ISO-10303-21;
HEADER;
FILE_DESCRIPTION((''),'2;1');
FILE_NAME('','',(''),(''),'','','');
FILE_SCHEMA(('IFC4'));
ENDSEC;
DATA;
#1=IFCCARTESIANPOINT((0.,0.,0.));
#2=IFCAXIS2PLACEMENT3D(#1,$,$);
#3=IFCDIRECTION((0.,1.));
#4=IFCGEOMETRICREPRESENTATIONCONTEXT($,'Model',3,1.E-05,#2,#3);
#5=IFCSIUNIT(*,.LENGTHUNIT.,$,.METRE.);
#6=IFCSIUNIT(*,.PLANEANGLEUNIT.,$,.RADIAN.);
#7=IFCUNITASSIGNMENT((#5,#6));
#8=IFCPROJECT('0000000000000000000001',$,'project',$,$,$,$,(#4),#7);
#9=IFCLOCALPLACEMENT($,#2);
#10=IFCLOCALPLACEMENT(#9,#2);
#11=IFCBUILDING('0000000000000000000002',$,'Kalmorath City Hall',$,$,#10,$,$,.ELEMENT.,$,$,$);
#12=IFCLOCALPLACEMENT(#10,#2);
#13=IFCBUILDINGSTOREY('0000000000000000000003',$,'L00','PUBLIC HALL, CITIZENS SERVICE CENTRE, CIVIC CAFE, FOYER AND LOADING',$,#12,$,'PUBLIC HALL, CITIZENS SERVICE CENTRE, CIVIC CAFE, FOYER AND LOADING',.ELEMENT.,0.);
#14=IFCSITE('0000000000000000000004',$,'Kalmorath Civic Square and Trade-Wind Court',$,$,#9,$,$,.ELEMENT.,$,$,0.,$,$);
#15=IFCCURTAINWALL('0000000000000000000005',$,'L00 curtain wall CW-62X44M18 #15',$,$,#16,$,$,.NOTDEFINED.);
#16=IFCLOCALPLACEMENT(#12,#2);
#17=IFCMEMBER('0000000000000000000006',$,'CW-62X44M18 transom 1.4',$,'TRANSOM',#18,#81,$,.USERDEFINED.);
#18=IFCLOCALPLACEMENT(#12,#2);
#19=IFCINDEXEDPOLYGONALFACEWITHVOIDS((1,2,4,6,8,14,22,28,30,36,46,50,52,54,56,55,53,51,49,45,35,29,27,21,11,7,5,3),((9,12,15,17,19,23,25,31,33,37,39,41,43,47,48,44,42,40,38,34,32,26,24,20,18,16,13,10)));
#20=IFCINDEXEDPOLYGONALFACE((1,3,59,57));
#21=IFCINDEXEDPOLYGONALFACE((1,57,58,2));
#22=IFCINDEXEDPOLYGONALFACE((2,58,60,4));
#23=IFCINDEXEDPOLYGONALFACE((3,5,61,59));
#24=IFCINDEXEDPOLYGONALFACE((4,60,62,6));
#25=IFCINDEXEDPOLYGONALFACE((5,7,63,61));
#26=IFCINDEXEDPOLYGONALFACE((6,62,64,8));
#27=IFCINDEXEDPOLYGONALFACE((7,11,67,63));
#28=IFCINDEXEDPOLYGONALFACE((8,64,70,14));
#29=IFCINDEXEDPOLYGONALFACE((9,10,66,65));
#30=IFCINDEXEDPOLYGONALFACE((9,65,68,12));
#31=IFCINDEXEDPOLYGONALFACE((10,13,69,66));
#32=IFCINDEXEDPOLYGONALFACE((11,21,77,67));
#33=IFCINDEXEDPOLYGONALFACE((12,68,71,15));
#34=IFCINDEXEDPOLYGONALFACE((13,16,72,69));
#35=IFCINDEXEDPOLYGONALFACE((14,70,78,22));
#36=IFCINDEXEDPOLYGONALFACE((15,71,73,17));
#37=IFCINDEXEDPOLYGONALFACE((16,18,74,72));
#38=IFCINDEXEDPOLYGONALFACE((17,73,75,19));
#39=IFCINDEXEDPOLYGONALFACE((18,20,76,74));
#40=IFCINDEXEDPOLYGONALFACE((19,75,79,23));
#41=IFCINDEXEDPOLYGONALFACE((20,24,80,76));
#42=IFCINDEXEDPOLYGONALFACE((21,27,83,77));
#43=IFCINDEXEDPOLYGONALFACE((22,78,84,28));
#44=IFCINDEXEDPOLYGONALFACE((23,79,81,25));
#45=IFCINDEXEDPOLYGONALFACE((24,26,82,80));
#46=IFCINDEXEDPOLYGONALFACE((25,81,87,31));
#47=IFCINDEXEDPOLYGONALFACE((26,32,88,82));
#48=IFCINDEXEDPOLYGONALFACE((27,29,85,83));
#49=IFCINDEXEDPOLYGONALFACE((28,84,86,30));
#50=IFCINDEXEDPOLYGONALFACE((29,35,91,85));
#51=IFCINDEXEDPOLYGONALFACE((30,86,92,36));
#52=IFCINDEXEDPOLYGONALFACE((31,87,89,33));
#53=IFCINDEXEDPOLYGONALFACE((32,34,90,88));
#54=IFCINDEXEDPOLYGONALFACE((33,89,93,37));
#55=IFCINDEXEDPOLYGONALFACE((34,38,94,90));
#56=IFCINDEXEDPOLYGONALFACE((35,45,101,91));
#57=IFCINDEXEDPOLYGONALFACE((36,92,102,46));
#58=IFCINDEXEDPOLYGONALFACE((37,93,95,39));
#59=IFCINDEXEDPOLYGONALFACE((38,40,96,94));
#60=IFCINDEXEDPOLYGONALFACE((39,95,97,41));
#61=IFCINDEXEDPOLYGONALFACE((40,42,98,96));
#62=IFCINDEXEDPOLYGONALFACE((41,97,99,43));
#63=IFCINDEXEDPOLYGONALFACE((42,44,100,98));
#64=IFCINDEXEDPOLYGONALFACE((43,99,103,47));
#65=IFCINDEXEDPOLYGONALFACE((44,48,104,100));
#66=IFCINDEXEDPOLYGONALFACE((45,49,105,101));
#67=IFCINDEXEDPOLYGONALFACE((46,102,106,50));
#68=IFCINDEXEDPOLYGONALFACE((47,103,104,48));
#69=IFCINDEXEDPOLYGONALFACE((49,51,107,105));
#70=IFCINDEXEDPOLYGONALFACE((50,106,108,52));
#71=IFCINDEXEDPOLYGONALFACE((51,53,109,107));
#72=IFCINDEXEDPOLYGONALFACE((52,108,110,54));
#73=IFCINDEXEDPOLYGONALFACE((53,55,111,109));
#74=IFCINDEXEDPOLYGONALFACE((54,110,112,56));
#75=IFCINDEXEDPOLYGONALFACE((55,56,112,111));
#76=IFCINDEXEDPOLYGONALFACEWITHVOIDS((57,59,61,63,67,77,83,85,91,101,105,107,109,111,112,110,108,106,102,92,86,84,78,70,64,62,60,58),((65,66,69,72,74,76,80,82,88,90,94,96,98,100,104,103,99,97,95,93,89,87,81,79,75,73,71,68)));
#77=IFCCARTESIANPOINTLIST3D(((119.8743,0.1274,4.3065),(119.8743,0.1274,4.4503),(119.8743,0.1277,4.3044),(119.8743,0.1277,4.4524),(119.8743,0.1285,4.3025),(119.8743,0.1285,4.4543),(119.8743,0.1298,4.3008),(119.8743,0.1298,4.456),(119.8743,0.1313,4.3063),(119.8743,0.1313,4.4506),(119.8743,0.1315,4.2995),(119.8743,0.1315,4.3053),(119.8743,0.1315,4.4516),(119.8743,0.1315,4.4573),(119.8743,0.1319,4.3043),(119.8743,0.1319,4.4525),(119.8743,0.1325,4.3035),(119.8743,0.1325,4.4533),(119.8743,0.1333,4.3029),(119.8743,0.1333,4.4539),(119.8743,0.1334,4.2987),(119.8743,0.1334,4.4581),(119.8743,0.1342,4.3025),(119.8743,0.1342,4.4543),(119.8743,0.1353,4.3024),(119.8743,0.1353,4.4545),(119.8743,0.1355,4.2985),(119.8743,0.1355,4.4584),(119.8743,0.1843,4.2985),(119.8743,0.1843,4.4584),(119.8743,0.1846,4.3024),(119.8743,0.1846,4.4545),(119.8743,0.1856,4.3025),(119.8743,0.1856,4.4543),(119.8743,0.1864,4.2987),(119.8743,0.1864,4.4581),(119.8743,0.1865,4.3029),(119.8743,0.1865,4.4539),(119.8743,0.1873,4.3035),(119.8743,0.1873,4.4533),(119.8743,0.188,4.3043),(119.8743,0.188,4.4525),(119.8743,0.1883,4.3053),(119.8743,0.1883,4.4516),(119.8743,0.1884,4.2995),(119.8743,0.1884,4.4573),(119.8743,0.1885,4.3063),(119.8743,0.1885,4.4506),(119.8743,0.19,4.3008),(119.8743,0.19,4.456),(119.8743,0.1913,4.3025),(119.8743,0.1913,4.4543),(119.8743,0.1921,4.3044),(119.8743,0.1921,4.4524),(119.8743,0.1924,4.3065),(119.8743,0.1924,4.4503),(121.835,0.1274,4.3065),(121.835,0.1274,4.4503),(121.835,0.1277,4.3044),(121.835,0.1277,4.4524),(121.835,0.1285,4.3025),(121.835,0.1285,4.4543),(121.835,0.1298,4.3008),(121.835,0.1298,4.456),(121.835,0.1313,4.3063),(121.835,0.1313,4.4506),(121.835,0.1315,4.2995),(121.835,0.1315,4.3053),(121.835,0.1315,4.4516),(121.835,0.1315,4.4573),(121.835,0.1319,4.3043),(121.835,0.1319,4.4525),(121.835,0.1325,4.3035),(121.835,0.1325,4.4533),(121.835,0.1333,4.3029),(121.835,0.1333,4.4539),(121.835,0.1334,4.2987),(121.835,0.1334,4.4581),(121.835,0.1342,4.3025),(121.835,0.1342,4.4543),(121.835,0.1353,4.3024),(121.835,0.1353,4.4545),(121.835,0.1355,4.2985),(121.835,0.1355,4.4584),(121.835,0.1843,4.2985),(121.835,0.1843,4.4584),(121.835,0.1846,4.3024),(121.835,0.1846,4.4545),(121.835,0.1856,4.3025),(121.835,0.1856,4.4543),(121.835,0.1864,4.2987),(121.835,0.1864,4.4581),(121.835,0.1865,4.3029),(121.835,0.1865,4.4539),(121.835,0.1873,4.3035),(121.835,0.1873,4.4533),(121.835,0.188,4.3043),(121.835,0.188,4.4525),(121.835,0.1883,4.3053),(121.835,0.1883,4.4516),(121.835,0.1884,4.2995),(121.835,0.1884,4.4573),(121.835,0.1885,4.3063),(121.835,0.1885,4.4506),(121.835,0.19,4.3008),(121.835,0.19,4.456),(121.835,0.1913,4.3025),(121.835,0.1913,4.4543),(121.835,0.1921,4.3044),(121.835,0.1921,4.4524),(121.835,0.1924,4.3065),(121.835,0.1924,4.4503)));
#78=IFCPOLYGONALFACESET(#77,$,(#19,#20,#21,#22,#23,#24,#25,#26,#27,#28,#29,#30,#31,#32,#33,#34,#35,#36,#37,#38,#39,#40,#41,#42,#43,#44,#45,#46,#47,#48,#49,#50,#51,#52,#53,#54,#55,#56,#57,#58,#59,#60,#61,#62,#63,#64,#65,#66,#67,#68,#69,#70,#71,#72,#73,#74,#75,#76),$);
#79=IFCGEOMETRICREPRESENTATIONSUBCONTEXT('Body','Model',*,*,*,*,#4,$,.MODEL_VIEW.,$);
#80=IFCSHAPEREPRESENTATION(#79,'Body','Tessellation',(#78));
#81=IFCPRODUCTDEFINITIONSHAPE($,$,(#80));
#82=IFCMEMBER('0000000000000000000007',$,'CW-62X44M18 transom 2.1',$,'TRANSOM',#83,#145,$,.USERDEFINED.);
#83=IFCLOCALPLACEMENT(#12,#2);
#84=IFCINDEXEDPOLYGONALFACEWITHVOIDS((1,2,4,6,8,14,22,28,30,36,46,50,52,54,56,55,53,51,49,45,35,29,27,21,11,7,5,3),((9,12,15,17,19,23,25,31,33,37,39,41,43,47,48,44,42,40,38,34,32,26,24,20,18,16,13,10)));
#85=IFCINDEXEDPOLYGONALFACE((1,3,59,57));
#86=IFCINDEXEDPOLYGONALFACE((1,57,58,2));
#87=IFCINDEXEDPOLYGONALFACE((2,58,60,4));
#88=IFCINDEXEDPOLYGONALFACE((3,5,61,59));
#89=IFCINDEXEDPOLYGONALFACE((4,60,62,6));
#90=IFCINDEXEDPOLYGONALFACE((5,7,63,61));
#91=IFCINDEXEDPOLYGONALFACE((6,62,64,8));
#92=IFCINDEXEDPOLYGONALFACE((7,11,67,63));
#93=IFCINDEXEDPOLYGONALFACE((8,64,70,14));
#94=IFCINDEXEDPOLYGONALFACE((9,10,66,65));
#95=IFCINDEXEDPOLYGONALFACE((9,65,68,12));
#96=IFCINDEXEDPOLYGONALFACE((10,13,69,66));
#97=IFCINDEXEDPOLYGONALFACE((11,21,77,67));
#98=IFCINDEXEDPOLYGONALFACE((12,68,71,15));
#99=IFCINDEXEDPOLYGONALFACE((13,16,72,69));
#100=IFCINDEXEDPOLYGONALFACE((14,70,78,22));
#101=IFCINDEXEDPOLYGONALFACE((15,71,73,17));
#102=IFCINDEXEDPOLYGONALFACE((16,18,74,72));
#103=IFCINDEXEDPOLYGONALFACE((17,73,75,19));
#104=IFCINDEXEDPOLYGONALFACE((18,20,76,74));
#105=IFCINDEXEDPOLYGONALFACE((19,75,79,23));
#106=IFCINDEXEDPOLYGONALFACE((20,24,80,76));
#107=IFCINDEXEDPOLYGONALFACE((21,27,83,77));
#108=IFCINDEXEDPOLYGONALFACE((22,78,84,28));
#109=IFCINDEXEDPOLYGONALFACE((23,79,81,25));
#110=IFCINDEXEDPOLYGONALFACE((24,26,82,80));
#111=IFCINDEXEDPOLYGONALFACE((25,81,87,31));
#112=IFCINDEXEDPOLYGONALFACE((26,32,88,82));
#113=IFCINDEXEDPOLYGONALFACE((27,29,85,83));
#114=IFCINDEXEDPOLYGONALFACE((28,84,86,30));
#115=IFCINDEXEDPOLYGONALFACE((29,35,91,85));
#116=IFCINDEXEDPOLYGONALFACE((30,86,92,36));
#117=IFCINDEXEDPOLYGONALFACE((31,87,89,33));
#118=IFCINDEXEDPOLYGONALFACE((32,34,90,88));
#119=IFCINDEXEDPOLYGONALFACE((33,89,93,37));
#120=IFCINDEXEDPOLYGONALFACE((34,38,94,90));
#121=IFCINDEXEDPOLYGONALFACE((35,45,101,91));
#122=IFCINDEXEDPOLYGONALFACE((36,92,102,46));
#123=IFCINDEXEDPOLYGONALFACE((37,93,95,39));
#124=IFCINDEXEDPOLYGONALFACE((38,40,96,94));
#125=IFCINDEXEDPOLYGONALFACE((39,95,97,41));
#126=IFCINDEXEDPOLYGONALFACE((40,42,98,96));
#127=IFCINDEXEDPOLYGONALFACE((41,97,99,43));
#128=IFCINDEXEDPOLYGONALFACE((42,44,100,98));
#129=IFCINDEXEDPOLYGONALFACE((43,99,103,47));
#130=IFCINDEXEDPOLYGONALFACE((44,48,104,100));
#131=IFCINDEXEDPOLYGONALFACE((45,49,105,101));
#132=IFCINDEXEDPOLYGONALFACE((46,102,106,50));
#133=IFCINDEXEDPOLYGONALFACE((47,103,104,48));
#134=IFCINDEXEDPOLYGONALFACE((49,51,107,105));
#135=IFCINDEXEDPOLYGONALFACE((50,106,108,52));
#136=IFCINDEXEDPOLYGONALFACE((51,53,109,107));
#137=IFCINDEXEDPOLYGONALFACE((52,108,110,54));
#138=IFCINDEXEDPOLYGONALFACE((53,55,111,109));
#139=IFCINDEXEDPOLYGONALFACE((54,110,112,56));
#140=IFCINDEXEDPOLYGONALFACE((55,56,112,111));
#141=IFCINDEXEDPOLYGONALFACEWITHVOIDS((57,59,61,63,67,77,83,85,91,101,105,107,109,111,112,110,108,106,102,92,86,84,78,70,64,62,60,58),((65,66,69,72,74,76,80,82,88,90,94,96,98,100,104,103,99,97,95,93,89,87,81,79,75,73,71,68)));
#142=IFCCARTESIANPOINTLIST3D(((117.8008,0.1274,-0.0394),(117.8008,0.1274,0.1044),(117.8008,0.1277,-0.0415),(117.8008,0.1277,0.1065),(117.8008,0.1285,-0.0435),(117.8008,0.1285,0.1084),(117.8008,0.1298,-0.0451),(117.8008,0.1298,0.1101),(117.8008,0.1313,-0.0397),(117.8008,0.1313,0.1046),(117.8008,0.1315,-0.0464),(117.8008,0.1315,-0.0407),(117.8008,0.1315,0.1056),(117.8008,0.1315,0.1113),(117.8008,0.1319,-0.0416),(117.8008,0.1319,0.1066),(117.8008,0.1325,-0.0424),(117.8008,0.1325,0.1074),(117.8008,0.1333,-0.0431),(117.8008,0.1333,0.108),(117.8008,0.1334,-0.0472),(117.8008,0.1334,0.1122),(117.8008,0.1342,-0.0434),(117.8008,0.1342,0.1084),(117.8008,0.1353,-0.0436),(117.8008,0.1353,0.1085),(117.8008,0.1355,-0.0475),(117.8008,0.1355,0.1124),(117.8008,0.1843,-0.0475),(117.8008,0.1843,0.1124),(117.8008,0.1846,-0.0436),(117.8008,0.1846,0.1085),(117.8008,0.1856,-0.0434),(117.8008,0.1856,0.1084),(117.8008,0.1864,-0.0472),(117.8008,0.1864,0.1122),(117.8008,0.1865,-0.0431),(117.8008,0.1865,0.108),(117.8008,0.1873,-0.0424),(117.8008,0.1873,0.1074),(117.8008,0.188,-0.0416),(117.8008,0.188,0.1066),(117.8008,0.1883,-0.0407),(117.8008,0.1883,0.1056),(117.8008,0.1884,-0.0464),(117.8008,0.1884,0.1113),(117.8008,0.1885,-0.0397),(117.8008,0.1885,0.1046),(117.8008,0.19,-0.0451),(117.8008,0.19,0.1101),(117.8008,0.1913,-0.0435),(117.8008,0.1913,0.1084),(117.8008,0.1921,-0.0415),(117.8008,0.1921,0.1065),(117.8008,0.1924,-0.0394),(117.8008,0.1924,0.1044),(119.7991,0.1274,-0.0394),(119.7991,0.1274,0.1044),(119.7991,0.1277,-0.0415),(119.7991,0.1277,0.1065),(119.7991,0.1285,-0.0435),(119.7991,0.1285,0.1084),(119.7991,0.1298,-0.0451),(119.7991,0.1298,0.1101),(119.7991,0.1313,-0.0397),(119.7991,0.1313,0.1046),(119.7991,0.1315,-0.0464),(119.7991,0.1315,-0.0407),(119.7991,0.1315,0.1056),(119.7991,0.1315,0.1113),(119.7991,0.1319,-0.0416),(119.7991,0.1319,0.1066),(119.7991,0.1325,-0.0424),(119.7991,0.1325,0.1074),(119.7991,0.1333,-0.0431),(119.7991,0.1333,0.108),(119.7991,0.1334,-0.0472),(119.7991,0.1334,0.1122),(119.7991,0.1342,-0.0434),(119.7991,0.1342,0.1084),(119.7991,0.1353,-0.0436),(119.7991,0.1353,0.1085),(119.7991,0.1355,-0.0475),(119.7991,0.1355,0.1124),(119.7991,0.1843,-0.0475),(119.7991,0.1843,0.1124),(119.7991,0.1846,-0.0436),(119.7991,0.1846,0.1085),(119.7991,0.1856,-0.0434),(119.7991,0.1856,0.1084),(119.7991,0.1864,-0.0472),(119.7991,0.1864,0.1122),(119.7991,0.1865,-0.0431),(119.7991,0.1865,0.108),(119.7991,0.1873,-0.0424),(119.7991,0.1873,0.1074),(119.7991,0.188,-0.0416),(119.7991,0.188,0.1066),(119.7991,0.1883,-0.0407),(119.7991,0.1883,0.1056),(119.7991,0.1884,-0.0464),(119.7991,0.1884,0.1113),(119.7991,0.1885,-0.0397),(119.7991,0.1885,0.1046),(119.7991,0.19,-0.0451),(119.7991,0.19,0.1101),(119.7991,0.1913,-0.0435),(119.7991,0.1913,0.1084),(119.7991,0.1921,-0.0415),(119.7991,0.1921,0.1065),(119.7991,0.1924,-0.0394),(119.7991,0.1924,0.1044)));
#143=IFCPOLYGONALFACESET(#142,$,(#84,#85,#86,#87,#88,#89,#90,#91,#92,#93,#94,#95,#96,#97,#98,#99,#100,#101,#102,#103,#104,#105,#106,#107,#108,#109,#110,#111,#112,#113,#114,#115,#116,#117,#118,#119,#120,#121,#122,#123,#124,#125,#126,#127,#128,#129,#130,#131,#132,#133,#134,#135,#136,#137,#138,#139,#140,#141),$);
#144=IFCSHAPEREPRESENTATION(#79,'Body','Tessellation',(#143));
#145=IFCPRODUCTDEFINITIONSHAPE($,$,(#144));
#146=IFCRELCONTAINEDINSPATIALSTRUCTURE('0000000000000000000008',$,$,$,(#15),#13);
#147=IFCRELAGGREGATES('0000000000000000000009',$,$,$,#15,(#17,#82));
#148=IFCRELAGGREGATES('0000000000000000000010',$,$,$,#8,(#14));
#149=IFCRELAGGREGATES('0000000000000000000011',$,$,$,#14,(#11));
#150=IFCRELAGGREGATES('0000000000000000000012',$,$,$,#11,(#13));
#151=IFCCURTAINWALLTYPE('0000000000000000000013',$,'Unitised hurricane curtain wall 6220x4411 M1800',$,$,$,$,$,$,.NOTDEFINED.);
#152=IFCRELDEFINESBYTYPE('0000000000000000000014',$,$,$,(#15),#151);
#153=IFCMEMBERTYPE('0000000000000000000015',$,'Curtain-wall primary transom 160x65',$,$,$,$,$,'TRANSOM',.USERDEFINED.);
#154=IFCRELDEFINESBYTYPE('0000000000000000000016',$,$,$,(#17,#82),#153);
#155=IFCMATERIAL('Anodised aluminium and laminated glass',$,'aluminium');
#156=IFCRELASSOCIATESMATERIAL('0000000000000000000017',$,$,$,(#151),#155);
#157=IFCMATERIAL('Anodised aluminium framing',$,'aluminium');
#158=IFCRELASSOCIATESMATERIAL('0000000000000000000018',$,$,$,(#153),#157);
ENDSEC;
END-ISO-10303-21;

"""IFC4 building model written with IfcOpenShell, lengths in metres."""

from ifc_helpers import new_model, si_unit, direction, frame, origin, origin_2d, place, context, subcontext, project, spatial, hollow_rectangle, extrude, material, material_profile, profile_set, type_object, element, aggregate, save


model = new_model("IFC4")

# Units and contexts
model_context = context("Model", 3, precision=1e-05, world=origin(), true_north=direction((0.0, 1.0)))
body_context = subcontext(model_context, "Body", "Model", "MODEL_VIEW")
ifc_project = project(units=[si_unit("LENGTHUNIT", "METRE"), si_unit("PLANEANGLEUNIT", "RADIAN")], contexts=[model_context])

# Site, building, storey
site_placement = place(None, origin())
site = spatial("IfcSite", under=ifc_project, at=site_placement, Name="Kalmorath Civic Square and Trade-Wind Court", CompositionType="ELEMENT", RefElevation=0.0)
building_placement = place(site_placement, origin())
building = spatial("IfcBuilding", under=site, at=building_placement, Name="Kalmorath City Hall", CompositionType="ELEMENT")
storey_placement = place(building_placement, origin())
storey = spatial("IfcBuildingStorey", under=building, at=storey_placement, Name="L00", Description="PUBLIC HALL, CITIZENS SERVICE CENTRE, CIVIC CAFE, FOYER AND LOADING", LongName="PUBLIC HALL, CITIZENS SERVICE CENTRE, CIVIC CAFE, FOYER AND LOADING", CompositionType="ELEMENT", Elevation=0.0)

# Curtain wall, members
ifc_material_1 = material(Name="Anodised aluminium and laminated glass", Category="aluminium")
curtain_wall_type = type_object("IfcCurtainWallType", Name="Unitised hurricane curtain wall 6220x4411 M1800", PredefinedType="NOTDEFINED", material=ifc_material_1)
curtain_wall_placement = place(storey_placement, origin())
curtain_wall = element("IfcCurtainWall", 1, at=curtain_wall_placement, inside=storey, type_object=curtain_wall_type, Name="L00 curtain wall CW-62X44M18 #15", PredefinedType="NOTDEFINED")
ifc_material_2 = material(Name="Anodised aluminium framing", Category="aluminium")
ifc_material_profile_1 = material_profile(ifc_material_2, hollow_rectangle(XDim=0.0649, YDim=0.1599, WallThickness=0.0039, InnerFilletRadius=0.0039, OuterFilletRadius=0.0081, at=origin_2d()), Name="ALU-TRN-160X65X4")
ifc_profile_set_1 = profile_set([ifc_material_profile_1], Name="Anodised aluminium framing")
member_type_1 = type_object("IfcMemberType", Name="Curtain-wall primary transom 160x65", ElementType="TRANSOM", PredefinedType="USERDEFINED", material=ifc_profile_set_1)
member_1_placement = place(storey_placement, frame((121.835, 0.1599, 4.3784), z_axis=(-1.0, 0.0, 0.0), x_axis=(0.0, -1.0, 0.0)))
member_1 = element("IfcMember", 2, at=member_1_placement, type_object=member_type_1, Name="CW-62X44M18 transom 1.4", ObjectType="TRANSOM", PredefinedType="USERDEFINED", context=body_context, shape_type="SweptSolid", body=[
    extrude(hollow_rectangle(XDim=0.0649, YDim=0.1599, WallThickness=0.0039, InnerFilletRadius=0.0039, OuterFilletRadius=0.0081, at=origin_2d()), origin(), (0.0, 0.0, 1.0), 1.9607),
])
member_2_placement = place(storey_placement, frame((119.7991, 0.1599, 0.0325), z_axis=(-1.0, 0.0, 0.0), x_axis=(0.0, -1.0, 0.0)))
member_2 = element("IfcMember", 3, at=member_2_placement, type_object=member_type_1, Name="CW-62X44M18 transom 2.1", ObjectType="TRANSOM", PredefinedType="USERDEFINED", context=body_context, shape_type="SweptSolid", body=[
    extrude(hollow_rectangle(XDim=0.0649, YDim=0.1599, WallThickness=0.0039, InnerFilletRadius=0.0039, OuterFilletRadius=0.0081, at=origin_2d()), origin(), (0.0, 0.0, 1.0), 1.9983),
])
aggregate(curtain_wall, [member_1, member_2])

save(model, "model.ifc")
